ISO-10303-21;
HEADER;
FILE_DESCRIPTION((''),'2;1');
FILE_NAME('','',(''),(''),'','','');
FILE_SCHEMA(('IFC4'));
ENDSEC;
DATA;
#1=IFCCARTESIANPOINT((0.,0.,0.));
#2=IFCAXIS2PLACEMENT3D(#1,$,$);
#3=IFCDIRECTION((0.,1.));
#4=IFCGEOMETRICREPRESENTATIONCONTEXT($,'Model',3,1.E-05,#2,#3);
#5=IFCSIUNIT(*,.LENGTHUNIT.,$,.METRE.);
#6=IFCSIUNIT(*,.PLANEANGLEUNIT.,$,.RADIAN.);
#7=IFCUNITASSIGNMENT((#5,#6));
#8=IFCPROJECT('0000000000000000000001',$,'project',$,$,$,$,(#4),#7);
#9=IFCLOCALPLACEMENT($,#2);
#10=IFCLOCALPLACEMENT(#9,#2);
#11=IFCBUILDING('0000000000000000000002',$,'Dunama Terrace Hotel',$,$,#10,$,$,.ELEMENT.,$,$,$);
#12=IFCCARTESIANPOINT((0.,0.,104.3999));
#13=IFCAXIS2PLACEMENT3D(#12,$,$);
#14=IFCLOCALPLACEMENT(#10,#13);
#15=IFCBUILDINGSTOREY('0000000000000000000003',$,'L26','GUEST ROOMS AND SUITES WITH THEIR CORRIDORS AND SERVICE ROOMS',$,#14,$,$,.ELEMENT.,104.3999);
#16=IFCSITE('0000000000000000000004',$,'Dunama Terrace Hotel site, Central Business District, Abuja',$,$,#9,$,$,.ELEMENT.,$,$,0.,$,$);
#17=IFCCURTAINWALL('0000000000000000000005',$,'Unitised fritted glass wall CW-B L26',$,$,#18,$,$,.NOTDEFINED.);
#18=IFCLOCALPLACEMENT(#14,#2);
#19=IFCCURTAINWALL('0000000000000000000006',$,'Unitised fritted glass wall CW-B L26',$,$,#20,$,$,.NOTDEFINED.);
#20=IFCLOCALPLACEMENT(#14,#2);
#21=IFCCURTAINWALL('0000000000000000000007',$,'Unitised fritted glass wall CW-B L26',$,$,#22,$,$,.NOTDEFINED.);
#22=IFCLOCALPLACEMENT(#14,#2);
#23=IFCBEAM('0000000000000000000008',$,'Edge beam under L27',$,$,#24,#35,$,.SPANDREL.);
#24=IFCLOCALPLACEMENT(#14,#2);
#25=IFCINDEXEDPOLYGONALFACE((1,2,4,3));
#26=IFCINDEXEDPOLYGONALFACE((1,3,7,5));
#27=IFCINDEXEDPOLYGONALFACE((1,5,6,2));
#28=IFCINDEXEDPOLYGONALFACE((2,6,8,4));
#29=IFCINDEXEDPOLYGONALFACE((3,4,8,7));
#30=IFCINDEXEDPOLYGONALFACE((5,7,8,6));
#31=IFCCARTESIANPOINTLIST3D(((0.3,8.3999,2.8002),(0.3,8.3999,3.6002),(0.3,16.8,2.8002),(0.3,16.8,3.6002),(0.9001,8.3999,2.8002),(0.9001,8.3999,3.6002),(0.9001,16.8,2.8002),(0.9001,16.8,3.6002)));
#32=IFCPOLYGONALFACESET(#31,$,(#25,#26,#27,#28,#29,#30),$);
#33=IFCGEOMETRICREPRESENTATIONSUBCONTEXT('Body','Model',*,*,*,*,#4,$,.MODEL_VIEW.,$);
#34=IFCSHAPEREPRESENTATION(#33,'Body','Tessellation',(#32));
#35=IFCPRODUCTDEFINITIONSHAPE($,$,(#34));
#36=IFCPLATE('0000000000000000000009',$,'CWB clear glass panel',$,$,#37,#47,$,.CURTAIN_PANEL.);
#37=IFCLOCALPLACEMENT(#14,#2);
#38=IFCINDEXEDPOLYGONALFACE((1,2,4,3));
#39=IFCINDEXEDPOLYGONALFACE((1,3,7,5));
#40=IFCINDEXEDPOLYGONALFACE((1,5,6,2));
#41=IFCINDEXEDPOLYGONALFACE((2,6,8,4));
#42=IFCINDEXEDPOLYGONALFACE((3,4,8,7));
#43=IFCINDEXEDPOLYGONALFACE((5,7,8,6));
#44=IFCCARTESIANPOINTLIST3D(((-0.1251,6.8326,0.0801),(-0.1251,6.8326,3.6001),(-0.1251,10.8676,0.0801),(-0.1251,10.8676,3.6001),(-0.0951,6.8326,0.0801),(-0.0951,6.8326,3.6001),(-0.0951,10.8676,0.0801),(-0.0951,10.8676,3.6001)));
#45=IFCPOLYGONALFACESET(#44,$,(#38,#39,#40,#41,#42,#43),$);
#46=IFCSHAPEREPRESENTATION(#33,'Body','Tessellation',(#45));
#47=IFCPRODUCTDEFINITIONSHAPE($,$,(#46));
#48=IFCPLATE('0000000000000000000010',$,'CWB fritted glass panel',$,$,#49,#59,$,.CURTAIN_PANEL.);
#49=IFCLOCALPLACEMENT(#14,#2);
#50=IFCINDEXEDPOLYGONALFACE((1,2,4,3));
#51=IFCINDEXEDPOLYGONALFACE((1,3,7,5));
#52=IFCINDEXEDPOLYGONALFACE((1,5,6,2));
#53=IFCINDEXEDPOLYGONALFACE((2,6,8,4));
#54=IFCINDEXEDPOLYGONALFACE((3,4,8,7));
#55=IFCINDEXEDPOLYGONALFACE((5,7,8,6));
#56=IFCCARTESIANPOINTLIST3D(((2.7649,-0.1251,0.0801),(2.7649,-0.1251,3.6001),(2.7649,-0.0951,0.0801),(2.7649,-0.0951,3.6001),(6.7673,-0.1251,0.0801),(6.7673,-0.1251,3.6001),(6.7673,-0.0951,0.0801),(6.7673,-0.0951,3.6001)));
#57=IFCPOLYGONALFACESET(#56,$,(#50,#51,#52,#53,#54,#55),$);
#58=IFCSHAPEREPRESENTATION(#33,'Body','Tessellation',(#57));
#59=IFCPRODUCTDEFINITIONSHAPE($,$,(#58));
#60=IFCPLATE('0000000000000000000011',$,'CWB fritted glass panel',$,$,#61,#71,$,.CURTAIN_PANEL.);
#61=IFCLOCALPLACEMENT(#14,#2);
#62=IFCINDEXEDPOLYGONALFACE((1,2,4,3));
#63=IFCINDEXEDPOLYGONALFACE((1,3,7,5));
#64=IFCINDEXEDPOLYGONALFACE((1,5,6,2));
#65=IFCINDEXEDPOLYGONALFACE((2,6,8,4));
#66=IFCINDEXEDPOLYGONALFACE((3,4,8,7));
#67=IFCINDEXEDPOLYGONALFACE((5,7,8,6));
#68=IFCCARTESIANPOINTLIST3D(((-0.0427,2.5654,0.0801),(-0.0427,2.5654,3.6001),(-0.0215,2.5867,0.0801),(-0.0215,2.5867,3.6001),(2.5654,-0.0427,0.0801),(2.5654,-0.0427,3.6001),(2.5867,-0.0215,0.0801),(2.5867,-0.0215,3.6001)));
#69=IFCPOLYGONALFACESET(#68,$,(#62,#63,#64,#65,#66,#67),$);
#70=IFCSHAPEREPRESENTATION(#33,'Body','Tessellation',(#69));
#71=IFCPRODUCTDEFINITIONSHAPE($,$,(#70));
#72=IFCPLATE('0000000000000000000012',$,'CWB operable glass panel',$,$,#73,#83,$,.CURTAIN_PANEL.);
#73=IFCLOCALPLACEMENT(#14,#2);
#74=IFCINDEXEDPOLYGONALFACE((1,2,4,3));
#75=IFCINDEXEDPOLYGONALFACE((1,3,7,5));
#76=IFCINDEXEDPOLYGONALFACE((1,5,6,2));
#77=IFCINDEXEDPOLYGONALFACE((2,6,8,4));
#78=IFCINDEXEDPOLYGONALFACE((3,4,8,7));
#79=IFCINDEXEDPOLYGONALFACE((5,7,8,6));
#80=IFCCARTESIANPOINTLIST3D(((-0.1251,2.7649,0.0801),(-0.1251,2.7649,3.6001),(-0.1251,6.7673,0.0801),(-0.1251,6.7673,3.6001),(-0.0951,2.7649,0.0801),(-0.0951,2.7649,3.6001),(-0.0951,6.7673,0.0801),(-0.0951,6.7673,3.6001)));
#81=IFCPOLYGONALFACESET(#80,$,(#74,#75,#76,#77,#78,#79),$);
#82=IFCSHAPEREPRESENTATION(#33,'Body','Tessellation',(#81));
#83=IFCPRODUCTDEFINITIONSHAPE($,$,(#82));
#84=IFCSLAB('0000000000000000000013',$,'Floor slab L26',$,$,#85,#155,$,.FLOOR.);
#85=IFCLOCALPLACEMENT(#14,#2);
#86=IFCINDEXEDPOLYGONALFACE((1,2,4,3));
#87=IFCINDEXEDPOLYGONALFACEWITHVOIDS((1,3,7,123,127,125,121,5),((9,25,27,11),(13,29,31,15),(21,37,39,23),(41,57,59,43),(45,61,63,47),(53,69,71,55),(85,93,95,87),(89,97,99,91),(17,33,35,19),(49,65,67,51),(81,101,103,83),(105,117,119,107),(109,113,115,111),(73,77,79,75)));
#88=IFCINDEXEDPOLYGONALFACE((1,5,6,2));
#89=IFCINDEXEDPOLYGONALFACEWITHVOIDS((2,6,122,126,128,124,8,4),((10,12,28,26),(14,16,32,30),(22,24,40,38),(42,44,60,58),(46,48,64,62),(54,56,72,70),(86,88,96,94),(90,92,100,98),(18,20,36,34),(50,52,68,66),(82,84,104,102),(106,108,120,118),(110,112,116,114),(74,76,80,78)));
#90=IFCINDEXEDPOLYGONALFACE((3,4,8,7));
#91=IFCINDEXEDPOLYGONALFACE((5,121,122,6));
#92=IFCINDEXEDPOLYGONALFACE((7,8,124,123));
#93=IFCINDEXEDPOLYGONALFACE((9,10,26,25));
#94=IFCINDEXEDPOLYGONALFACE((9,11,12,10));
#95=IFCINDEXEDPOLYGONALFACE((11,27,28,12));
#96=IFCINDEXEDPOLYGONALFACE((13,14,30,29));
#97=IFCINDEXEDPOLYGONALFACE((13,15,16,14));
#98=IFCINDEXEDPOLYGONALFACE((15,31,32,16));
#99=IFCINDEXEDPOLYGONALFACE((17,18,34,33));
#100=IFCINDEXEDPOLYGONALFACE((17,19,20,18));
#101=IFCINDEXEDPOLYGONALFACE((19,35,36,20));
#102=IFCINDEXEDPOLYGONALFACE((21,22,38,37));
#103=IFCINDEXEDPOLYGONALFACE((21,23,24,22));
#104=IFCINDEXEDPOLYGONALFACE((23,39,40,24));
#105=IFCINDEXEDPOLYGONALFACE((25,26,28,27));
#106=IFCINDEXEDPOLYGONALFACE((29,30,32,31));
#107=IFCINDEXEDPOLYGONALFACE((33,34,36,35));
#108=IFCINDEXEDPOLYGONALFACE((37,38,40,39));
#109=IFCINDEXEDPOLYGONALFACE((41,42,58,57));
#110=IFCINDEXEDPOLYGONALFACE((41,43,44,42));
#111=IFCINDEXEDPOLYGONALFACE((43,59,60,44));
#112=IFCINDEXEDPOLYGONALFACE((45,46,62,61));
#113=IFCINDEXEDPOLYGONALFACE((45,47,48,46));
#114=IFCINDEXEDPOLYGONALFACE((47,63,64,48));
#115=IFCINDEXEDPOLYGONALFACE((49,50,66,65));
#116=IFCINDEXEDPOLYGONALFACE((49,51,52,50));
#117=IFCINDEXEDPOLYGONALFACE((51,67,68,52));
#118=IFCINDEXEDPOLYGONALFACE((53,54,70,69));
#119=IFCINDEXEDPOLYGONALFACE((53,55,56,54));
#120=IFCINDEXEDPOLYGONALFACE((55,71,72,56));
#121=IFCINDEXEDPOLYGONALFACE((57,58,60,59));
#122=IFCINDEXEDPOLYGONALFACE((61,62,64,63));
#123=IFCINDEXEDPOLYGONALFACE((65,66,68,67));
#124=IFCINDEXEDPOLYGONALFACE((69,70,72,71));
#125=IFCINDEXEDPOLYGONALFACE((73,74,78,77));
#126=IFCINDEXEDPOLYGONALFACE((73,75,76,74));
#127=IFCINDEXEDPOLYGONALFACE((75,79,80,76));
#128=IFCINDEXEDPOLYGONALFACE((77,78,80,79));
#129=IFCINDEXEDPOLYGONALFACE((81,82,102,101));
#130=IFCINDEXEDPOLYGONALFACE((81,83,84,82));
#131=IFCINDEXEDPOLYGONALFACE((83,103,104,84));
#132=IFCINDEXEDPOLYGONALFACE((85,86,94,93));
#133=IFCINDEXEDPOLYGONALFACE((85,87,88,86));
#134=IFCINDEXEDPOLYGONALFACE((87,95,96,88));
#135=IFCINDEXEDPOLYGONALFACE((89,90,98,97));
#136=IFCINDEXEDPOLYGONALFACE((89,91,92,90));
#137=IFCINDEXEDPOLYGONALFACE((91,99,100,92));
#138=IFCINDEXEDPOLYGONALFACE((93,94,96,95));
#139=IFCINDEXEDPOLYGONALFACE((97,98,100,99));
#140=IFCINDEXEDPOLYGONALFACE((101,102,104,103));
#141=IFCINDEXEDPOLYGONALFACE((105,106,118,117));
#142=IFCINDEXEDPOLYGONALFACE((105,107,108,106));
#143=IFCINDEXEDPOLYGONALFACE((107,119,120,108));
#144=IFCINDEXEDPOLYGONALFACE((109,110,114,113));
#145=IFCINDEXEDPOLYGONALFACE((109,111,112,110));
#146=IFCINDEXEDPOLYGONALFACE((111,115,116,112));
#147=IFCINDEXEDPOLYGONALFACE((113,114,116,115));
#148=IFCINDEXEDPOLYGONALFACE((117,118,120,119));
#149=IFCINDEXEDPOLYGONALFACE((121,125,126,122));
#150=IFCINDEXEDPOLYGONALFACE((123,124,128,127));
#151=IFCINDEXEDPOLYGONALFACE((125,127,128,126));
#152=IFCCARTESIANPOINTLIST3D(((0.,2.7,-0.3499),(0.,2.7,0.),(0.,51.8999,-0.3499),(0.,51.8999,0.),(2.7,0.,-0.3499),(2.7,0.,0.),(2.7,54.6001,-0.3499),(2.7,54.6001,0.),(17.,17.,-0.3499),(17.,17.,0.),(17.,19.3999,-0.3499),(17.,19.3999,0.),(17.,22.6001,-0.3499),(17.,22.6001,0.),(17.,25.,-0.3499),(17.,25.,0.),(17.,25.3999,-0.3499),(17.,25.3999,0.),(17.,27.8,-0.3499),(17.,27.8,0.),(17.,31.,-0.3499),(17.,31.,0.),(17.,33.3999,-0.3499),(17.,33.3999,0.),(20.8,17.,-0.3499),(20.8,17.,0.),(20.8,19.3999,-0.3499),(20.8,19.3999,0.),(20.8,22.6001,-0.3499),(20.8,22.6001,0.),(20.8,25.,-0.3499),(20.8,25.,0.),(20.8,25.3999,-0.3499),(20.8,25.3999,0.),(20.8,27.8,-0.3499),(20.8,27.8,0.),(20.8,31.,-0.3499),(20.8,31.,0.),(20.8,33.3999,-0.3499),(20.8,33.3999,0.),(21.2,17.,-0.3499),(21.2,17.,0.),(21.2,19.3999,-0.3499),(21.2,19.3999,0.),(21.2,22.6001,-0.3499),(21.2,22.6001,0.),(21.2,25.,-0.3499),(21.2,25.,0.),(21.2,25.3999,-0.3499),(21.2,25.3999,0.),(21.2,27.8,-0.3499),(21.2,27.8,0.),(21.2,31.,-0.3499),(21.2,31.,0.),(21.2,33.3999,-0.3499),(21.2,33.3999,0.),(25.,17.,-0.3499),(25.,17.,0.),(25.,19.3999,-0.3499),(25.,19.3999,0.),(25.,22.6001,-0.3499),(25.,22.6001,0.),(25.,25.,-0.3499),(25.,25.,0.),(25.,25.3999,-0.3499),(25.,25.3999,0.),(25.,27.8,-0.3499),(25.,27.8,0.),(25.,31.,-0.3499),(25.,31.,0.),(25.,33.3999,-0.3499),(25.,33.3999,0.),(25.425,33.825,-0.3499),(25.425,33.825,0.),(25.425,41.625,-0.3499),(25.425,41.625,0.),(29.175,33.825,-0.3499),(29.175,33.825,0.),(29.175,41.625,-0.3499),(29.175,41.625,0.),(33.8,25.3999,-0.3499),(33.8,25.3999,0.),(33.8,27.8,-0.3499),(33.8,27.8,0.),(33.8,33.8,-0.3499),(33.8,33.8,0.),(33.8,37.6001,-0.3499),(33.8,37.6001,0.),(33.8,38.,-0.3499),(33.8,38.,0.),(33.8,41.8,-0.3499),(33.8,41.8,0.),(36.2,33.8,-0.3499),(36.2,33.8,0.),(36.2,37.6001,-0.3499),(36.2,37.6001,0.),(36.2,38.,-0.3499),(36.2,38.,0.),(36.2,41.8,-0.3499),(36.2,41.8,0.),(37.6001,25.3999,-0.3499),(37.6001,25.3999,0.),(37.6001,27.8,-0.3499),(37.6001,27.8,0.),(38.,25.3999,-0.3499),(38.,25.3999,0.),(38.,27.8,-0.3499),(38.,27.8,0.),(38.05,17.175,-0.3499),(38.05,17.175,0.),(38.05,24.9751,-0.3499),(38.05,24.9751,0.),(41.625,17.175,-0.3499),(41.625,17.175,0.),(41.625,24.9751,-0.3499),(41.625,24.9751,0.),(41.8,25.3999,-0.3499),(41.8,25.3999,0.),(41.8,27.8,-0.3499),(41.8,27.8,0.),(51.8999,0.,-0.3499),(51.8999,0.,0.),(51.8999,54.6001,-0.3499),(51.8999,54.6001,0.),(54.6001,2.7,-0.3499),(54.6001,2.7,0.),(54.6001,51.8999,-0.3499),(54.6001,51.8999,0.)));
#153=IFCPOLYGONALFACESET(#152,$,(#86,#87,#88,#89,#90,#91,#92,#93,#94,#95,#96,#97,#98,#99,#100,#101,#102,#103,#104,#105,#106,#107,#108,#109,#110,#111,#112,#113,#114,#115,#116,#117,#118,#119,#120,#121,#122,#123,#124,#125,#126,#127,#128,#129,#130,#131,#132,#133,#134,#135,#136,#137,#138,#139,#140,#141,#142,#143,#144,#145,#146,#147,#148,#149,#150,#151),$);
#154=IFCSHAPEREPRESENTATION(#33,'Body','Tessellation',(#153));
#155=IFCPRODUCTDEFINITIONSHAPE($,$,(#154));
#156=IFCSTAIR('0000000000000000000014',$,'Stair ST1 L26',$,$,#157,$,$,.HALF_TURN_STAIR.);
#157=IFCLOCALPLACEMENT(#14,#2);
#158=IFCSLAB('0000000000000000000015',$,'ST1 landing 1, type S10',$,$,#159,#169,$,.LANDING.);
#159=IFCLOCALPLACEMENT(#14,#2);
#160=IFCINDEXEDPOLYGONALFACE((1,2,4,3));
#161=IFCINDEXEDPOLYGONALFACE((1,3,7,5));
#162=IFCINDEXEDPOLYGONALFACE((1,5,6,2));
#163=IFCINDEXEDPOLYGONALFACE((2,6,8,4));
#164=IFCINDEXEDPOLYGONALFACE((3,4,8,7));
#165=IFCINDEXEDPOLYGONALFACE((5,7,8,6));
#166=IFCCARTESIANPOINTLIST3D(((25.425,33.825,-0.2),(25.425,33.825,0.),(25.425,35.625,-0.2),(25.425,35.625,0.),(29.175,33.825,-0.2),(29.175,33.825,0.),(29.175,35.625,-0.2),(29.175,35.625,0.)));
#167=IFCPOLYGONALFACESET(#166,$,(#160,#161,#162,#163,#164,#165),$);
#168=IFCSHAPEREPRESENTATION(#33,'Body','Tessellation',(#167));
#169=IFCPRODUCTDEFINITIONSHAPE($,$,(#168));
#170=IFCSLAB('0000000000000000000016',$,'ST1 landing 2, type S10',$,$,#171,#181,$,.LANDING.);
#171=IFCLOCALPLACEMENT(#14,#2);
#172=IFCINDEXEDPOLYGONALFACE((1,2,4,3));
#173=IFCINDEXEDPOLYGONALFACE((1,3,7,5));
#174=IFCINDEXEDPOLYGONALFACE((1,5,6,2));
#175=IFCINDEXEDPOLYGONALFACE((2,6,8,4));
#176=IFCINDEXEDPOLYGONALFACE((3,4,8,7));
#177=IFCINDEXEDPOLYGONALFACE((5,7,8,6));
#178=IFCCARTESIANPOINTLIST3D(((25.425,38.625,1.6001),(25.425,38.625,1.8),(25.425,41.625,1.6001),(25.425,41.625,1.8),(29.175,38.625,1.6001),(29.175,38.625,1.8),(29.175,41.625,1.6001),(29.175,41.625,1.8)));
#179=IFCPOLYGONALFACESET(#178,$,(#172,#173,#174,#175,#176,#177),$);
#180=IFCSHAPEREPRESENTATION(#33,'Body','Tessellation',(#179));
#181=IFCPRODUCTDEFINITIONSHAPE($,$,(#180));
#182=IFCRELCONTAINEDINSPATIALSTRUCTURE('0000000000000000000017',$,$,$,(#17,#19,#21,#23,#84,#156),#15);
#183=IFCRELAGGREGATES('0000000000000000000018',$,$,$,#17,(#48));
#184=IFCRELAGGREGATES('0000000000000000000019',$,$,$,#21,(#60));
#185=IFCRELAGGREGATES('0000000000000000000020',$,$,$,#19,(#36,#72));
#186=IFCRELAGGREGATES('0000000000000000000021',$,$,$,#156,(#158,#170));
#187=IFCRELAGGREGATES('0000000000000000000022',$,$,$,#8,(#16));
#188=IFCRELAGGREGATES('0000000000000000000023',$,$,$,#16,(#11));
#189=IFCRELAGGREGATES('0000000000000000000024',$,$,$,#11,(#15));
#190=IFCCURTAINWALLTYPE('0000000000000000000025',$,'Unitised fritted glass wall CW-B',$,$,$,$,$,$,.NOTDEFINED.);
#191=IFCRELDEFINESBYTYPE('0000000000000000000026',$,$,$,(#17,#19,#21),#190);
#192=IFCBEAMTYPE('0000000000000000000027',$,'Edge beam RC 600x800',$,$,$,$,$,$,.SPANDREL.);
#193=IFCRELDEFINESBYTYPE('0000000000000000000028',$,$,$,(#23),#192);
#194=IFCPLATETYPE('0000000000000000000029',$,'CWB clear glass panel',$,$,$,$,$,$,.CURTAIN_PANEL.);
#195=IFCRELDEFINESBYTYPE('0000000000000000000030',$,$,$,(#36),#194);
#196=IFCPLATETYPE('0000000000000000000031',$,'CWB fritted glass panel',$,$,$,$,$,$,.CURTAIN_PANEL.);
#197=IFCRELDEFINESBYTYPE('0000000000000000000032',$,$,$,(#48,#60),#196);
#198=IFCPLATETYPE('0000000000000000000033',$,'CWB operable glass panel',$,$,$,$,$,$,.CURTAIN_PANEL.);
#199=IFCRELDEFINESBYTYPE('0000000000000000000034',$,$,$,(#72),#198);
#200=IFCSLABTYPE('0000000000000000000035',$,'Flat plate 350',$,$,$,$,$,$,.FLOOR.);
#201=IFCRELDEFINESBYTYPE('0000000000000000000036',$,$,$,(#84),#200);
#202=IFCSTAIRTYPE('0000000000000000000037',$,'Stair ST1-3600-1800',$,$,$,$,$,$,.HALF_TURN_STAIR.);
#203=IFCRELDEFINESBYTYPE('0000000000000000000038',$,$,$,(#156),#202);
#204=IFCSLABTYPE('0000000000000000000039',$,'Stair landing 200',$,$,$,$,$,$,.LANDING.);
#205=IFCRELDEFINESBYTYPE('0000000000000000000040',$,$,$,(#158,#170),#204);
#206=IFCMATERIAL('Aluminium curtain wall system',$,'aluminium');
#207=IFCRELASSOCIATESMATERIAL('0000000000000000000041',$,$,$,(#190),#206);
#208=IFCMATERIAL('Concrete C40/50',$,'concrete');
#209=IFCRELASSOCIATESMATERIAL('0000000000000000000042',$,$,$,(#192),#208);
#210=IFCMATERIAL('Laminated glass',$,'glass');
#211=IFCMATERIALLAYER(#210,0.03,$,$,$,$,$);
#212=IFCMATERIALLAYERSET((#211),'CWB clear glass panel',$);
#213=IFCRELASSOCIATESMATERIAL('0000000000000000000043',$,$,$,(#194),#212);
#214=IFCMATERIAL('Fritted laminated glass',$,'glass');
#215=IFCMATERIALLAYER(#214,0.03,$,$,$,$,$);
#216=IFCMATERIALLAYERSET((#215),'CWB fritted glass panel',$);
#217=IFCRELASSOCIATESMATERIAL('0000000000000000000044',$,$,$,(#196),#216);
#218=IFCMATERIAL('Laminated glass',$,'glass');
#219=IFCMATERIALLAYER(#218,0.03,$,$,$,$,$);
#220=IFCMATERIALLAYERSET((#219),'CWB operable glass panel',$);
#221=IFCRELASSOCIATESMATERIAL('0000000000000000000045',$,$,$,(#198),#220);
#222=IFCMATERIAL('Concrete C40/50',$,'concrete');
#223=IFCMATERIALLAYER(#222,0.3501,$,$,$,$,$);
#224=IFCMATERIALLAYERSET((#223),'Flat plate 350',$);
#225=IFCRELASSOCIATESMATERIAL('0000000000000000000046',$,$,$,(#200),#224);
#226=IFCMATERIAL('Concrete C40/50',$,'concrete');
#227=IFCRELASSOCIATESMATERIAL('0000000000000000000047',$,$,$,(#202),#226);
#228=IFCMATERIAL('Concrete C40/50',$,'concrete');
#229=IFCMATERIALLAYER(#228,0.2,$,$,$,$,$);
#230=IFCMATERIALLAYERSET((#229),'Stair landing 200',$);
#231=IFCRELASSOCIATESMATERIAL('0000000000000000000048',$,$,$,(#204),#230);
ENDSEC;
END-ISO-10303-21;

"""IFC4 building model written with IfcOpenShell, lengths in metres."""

from ifc_helpers import new_model, si_unit, direction, frame, origin, origin_2d, place, context, subcontext, project, spatial, polyline, rectangle, outline, extrude, material, layer, layer_set, material_profile, profile_set, type_object, element, aggregate, save


model = new_model("IFC4")

# Units and contexts
model_context = context("Model", 3, precision=1e-05, world=origin(), true_north=direction((0.0, 1.0)))
body_context = subcontext(model_context, "Body", "Model", "MODEL_VIEW")
ifc_project = project(units=[si_unit("LENGTHUNIT", "METRE"), si_unit("PLANEANGLEUNIT", "RADIAN")], contexts=[model_context])

# Site, building, storey
site_placement = place(None, origin())
site = spatial("IfcSite", under=ifc_project, at=site_placement, Name="Dunama Terrace Hotel site, Central Business District, Abuja", CompositionType="ELEMENT", RefElevation=0.0)
building_placement = place(site_placement, origin())
building = spatial("IfcBuilding", under=site, at=building_placement, Name="Dunama Terrace Hotel", CompositionType="ELEMENT")
storey_placement = place(building_placement, frame((0.0, 0.0, 104.3999)))
storey = spatial("IfcBuildingStorey", under=building, at=storey_placement, Name="L26", Description="GUEST ROOMS AND SUITES WITH THEIR CORRIDORS AND SERVICE ROOMS", CompositionType="ELEMENT", Elevation=104.3999)

# Curtain walls
ifc_material_1 = material(Name="Aluminium curtain wall system", Category="aluminium")
curtain_wall_type = type_object("IfcCurtainWallType", Name="Unitised fritted glass wall CW-B", PredefinedType="NOTDEFINED", material=ifc_material_1)
curtain_wall_1_placement = place(storey_placement, origin())
curtain_wall_1 = element("IfcCurtainWall", 1, at=curtain_wall_1_placement, inside=storey, type_object=curtain_wall_type, Name="Unitised fritted glass wall CW-B L26", PredefinedType="NOTDEFINED")
curtain_wall_2_placement = place(storey_placement, origin())
curtain_wall_2 = element("IfcCurtainWall", 2, at=curtain_wall_2_placement, inside=storey, type_object=curtain_wall_type, Name="Unitised fritted glass wall CW-B L26", PredefinedType="NOTDEFINED")
curtain_wall_3_placement = place(storey_placement, origin())
curtain_wall_3 = element("IfcCurtainWall", 3, at=curtain_wall_3_placement, inside=storey, type_object=curtain_wall_type, Name="Unitised fritted glass wall CW-B L26", PredefinedType="NOTDEFINED")

# Beam
ifc_material_2 = material(Name="Concrete C40/50", Category="concrete")
ifc_material_profile_1 = material_profile(ifc_material_2, rectangle(XDim=0.6001, YDim=0.8, at=origin_2d()), Name="RC 600x800")
ifc_profile_set_1 = profile_set([ifc_material_profile_1], Name="Concrete C40/50")
beam_type = type_object("IfcBeamType", Name="Edge beam RC 600x800", PredefinedType="SPANDREL", material=ifc_profile_set_1)
beam_placement = place(storey_placement, frame((0.6001, 8.3999, 3.2002), z_axis=(0.0, 1.0, 0.0), x_axis=(-1.0, 0.0, 0.0)))
element("IfcBeam", 4, at=beam_placement, inside=storey, type_object=beam_type, Name="Edge beam under L27", PredefinedType="SPANDREL", context=body_context, shape_type="SweptSolid", body=[
    extrude(rectangle(XDim=0.6001, YDim=0.8, at=origin_2d()), origin(), (0.0, 0.0, 1.0), 8.4001),
])

# Plates
ifc_material_3 = material(Name="Laminated glass", Category="glass")
ifc_layer_1 = layer(ifc_material_3, 0.03)
ifc_layer_set_1 = layer_set([ifc_layer_1], Name="CWB clear glass panel")
plate_type_1 = type_object("IfcPlateType", Name="CWB clear glass panel", PredefinedType="CURTAIN_PANEL", material=ifc_layer_set_1)
plate_1_placement = place(storey_placement, frame((-0.1101, 8.8501, 0.0801), z_axis=(0.0, 0.0, 1.0), x_axis=(0.0, -1.0, 0.0)))
plate_1 = element("IfcPlate", 5, at=plate_1_placement, type_object=plate_type_1, Name="CWB clear glass panel", PredefinedType="CURTAIN_PANEL", context=body_context, shape_type="SweptSolid", body=[
    extrude(rectangle(XDim=4.0349, YDim=0.03, at=origin_2d()), origin(), (0.0, 0.0, 1.0), 3.52),
])
ifc_material_4 = material(Name="Fritted laminated glass", Category="glass")
ifc_layer_2 = layer(ifc_material_4, 0.03)
ifc_layer_set_2 = layer_set([ifc_layer_2], Name="CWB fritted glass panel")
plate_type_2 = type_object("IfcPlateType", Name="CWB fritted glass panel", PredefinedType="CURTAIN_PANEL", material=ifc_layer_set_2)
plate_2_placement = place(storey_placement, frame((4.7661, -0.1101, 0.0801), z_axis=(0.0, 0.0, 1.0), x_axis=(1.0, 0.0, 0.0)))
plate_2 = element("IfcPlate", 6, at=plate_2_placement, type_object=plate_type_2, Name="CWB fritted glass panel", PredefinedType="CURTAIN_PANEL", context=body_context, shape_type="SweptSolid", body=[
    extrude(rectangle(XDim=4.0024, YDim=0.03, at=origin_2d()), origin(), (0.0, 0.0, 1.0), 3.52),
])
aggregate(curtain_wall_1, [plate_2])
plate_3_placement = place(storey_placement, frame((1.272, 1.272, 0.0801), z_axis=(0.0, 0.0, 1.0), x_axis=(0.707107, -0.707107, 0.0)))
plate_3 = element("IfcPlate", 7, at=plate_3_placement, type_object=plate_type_2, Name="CWB fritted glass panel", PredefinedType="CURTAIN_PANEL", context=body_context, shape_type="SweptSolid", body=[
    extrude(rectangle(XDim=3.6885, YDim=0.03, at=origin_2d()), origin(), (0.0, 0.0, 1.0), 3.52),
])
aggregate(curtain_wall_3, [plate_3])
ifc_material_5 = material(Name="Laminated glass", Category="glass")
ifc_layer_3 = layer(ifc_material_5, 0.03)
ifc_layer_set_3 = layer_set([ifc_layer_3], Name="CWB operable glass panel")
plate_type_3 = type_object("IfcPlateType", Name="CWB operable glass panel", PredefinedType="CURTAIN_PANEL", material=ifc_layer_set_3)
plate_4_placement = place(storey_placement, frame((-0.1101, 4.7661, 0.0801), z_axis=(0.0, 0.0, 1.0), x_axis=(0.0, -1.0, 0.0)))
plate_4 = element("IfcPlate", 8, at=plate_4_placement, type_object=plate_type_3, Name="CWB operable glass panel", PredefinedType="CURTAIN_PANEL", context=body_context, shape_type="SweptSolid", body=[
    extrude(rectangle(XDim=4.0024, YDim=0.03, at=origin_2d()), origin(), (0.0, 0.0, 1.0), 3.52),
])
aggregate(curtain_wall_2, [plate_1, plate_4])

# Slab
ifc_material_6 = material(Name="Concrete C40/50", Category="concrete")
ifc_layer_4 = layer(ifc_material_6, 0.3501)
ifc_layer_set_4 = layer_set([ifc_layer_4], Name="Flat plate 350")
slab_type_1 = type_object("IfcSlabType", Name="Flat plate 350", PredefinedType="FLOOR", material=ifc_layer_set_4)
slab_1_placement = place(storey_placement, frame((0.0, 0.0, -0.3499)))
element("IfcSlab", 9, at=slab_1_placement, inside=storey, type_object=slab_type_1, Name="Floor slab L26", PredefinedType="FLOOR", context=body_context, shape_type="SweptSolid", body=[
    extrude(outline(polyline([(2.7, 0.0), (51.8999, 0.0), (54.6001, 2.7), (54.6001, 51.8999), (51.8999, 54.6001), (2.7, 54.6001), (0.0, 51.8999), (0.0, 2.7), (2.7, 0.0)]), holes=[polyline([(37.6001, 25.3999), (37.6001, 27.8), (33.8, 27.8), (33.8, 25.3999), (37.6001, 25.3999)]), polyline([(41.8, 25.3999), (41.8, 27.8), (38.0, 27.8), (38.0, 25.3999), (41.8, 25.3999)]), polyline([(20.8, 17.0), (20.8, 19.3999), (17.0, 19.3999), (17.0, 17.0), (20.8, 17.0)]), polyline([(25.0, 17.0), (25.0, 19.3999), (21.2, 19.3999), (21.2, 17.0), (25.0, 17.0)]), polyline([(20.8, 22.6001), (20.8, 25.0), (17.0, 25.0), (17.0, 22.6001), (20.8, 22.6001)]), polyline([(25.0, 22.6001), (25.0, 25.0), (21.2, 25.0), (21.2, 22.6001), (25.0, 22.6001)]), polyline([(20.8, 25.3999), (20.8, 27.8), (17.0, 27.8), (17.0, 25.3999), (20.8, 25.3999)]), polyline([(25.0, 25.3999), (25.0, 27.8), (21.2, 27.8), (21.2, 25.3999), (25.0, 25.3999)]), polyline([(20.8, 31.0), (20.8, 33.3999), (17.0, 33.3999), (17.0, 31.0), (20.8, 31.0)]), polyline([(25.0, 31.0), (25.0, 33.3999), (21.2, 33.3999), (21.2, 31.0), (25.0, 31.0)]), polyline([(36.2, 38.0), (36.2, 41.8), (33.8, 41.8), (33.8, 38.0), (36.2, 38.0)]), polyline([(36.2, 33.8), (36.2, 37.6001), (33.8, 37.6001), (33.8, 33.8), (36.2, 33.8)]), polyline([(29.175, 33.825), (29.175, 41.625), (25.425, 41.625), (25.425, 33.825), (29.175, 33.825)]), polyline([(41.625, 17.175), (41.625, 24.9751), (38.05, 24.9751), (38.05, 17.175), (41.625, 17.175)])]), origin(), (0.0, 0.0, 1.0), 0.3499),
])

# Stair, slabs
ifc_material_7 = material(Name="Concrete C40/50", Category="concrete")
stair_type_1 = type_object("IfcStairType", Name="Stair ST1-3600-1800", PredefinedType="HALF_TURN_STAIR", material=ifc_material_7)
stair_1_placement = place(storey_placement, origin())
stair_1 = element("IfcStair", 10, at=stair_1_placement, inside=storey, type_object=stair_type_1, Name="Stair ST1 L26", PredefinedType="HALF_TURN_STAIR")
ifc_material_8 = material(Name="Concrete C40/50", Category="concrete")
ifc_layer_5 = layer(ifc_material_8, 0.2)
ifc_layer_set_5 = layer_set([ifc_layer_5], Name="Stair landing 200")
slab_type_2 = type_object("IfcSlabType", Name="Stair landing 200", PredefinedType="LANDING", material=ifc_layer_set_5)
slab_2_placement = place(storey_placement, frame((0.0, 0.0, -0.2)))
slab_2 = element("IfcSlab", 11, at=slab_2_placement, type_object=slab_type_2, Name="ST1 landing 1, type S10", PredefinedType="LANDING", context=body_context, shape_type="SweptSolid", body=[
    extrude(outline(polyline([(25.425, 33.825), (29.175, 33.825), (29.175, 35.625), (25.425, 35.625), (25.425, 33.825)])), origin(), (0.0, 0.0, 1.0), 0.2),
])
slab_3_placement = place(storey_placement, frame((0.0, 0.0, 1.6001)))
slab_3 = element("IfcSlab", 12, at=slab_3_placement, type_object=slab_type_2, Name="ST1 landing 2, type S10", PredefinedType="LANDING", context=body_context, shape_type="SweptSolid", body=[
    extrude(outline(polyline([(25.425, 38.625), (29.175, 38.625), (29.175, 41.625), (25.425, 41.625), (25.425, 38.625)])), origin(), (0.0, 0.0, 1.0), 0.2),
])
aggregate(stair_1, [slab_2, slab_3])

save(model, "model.ifc")
